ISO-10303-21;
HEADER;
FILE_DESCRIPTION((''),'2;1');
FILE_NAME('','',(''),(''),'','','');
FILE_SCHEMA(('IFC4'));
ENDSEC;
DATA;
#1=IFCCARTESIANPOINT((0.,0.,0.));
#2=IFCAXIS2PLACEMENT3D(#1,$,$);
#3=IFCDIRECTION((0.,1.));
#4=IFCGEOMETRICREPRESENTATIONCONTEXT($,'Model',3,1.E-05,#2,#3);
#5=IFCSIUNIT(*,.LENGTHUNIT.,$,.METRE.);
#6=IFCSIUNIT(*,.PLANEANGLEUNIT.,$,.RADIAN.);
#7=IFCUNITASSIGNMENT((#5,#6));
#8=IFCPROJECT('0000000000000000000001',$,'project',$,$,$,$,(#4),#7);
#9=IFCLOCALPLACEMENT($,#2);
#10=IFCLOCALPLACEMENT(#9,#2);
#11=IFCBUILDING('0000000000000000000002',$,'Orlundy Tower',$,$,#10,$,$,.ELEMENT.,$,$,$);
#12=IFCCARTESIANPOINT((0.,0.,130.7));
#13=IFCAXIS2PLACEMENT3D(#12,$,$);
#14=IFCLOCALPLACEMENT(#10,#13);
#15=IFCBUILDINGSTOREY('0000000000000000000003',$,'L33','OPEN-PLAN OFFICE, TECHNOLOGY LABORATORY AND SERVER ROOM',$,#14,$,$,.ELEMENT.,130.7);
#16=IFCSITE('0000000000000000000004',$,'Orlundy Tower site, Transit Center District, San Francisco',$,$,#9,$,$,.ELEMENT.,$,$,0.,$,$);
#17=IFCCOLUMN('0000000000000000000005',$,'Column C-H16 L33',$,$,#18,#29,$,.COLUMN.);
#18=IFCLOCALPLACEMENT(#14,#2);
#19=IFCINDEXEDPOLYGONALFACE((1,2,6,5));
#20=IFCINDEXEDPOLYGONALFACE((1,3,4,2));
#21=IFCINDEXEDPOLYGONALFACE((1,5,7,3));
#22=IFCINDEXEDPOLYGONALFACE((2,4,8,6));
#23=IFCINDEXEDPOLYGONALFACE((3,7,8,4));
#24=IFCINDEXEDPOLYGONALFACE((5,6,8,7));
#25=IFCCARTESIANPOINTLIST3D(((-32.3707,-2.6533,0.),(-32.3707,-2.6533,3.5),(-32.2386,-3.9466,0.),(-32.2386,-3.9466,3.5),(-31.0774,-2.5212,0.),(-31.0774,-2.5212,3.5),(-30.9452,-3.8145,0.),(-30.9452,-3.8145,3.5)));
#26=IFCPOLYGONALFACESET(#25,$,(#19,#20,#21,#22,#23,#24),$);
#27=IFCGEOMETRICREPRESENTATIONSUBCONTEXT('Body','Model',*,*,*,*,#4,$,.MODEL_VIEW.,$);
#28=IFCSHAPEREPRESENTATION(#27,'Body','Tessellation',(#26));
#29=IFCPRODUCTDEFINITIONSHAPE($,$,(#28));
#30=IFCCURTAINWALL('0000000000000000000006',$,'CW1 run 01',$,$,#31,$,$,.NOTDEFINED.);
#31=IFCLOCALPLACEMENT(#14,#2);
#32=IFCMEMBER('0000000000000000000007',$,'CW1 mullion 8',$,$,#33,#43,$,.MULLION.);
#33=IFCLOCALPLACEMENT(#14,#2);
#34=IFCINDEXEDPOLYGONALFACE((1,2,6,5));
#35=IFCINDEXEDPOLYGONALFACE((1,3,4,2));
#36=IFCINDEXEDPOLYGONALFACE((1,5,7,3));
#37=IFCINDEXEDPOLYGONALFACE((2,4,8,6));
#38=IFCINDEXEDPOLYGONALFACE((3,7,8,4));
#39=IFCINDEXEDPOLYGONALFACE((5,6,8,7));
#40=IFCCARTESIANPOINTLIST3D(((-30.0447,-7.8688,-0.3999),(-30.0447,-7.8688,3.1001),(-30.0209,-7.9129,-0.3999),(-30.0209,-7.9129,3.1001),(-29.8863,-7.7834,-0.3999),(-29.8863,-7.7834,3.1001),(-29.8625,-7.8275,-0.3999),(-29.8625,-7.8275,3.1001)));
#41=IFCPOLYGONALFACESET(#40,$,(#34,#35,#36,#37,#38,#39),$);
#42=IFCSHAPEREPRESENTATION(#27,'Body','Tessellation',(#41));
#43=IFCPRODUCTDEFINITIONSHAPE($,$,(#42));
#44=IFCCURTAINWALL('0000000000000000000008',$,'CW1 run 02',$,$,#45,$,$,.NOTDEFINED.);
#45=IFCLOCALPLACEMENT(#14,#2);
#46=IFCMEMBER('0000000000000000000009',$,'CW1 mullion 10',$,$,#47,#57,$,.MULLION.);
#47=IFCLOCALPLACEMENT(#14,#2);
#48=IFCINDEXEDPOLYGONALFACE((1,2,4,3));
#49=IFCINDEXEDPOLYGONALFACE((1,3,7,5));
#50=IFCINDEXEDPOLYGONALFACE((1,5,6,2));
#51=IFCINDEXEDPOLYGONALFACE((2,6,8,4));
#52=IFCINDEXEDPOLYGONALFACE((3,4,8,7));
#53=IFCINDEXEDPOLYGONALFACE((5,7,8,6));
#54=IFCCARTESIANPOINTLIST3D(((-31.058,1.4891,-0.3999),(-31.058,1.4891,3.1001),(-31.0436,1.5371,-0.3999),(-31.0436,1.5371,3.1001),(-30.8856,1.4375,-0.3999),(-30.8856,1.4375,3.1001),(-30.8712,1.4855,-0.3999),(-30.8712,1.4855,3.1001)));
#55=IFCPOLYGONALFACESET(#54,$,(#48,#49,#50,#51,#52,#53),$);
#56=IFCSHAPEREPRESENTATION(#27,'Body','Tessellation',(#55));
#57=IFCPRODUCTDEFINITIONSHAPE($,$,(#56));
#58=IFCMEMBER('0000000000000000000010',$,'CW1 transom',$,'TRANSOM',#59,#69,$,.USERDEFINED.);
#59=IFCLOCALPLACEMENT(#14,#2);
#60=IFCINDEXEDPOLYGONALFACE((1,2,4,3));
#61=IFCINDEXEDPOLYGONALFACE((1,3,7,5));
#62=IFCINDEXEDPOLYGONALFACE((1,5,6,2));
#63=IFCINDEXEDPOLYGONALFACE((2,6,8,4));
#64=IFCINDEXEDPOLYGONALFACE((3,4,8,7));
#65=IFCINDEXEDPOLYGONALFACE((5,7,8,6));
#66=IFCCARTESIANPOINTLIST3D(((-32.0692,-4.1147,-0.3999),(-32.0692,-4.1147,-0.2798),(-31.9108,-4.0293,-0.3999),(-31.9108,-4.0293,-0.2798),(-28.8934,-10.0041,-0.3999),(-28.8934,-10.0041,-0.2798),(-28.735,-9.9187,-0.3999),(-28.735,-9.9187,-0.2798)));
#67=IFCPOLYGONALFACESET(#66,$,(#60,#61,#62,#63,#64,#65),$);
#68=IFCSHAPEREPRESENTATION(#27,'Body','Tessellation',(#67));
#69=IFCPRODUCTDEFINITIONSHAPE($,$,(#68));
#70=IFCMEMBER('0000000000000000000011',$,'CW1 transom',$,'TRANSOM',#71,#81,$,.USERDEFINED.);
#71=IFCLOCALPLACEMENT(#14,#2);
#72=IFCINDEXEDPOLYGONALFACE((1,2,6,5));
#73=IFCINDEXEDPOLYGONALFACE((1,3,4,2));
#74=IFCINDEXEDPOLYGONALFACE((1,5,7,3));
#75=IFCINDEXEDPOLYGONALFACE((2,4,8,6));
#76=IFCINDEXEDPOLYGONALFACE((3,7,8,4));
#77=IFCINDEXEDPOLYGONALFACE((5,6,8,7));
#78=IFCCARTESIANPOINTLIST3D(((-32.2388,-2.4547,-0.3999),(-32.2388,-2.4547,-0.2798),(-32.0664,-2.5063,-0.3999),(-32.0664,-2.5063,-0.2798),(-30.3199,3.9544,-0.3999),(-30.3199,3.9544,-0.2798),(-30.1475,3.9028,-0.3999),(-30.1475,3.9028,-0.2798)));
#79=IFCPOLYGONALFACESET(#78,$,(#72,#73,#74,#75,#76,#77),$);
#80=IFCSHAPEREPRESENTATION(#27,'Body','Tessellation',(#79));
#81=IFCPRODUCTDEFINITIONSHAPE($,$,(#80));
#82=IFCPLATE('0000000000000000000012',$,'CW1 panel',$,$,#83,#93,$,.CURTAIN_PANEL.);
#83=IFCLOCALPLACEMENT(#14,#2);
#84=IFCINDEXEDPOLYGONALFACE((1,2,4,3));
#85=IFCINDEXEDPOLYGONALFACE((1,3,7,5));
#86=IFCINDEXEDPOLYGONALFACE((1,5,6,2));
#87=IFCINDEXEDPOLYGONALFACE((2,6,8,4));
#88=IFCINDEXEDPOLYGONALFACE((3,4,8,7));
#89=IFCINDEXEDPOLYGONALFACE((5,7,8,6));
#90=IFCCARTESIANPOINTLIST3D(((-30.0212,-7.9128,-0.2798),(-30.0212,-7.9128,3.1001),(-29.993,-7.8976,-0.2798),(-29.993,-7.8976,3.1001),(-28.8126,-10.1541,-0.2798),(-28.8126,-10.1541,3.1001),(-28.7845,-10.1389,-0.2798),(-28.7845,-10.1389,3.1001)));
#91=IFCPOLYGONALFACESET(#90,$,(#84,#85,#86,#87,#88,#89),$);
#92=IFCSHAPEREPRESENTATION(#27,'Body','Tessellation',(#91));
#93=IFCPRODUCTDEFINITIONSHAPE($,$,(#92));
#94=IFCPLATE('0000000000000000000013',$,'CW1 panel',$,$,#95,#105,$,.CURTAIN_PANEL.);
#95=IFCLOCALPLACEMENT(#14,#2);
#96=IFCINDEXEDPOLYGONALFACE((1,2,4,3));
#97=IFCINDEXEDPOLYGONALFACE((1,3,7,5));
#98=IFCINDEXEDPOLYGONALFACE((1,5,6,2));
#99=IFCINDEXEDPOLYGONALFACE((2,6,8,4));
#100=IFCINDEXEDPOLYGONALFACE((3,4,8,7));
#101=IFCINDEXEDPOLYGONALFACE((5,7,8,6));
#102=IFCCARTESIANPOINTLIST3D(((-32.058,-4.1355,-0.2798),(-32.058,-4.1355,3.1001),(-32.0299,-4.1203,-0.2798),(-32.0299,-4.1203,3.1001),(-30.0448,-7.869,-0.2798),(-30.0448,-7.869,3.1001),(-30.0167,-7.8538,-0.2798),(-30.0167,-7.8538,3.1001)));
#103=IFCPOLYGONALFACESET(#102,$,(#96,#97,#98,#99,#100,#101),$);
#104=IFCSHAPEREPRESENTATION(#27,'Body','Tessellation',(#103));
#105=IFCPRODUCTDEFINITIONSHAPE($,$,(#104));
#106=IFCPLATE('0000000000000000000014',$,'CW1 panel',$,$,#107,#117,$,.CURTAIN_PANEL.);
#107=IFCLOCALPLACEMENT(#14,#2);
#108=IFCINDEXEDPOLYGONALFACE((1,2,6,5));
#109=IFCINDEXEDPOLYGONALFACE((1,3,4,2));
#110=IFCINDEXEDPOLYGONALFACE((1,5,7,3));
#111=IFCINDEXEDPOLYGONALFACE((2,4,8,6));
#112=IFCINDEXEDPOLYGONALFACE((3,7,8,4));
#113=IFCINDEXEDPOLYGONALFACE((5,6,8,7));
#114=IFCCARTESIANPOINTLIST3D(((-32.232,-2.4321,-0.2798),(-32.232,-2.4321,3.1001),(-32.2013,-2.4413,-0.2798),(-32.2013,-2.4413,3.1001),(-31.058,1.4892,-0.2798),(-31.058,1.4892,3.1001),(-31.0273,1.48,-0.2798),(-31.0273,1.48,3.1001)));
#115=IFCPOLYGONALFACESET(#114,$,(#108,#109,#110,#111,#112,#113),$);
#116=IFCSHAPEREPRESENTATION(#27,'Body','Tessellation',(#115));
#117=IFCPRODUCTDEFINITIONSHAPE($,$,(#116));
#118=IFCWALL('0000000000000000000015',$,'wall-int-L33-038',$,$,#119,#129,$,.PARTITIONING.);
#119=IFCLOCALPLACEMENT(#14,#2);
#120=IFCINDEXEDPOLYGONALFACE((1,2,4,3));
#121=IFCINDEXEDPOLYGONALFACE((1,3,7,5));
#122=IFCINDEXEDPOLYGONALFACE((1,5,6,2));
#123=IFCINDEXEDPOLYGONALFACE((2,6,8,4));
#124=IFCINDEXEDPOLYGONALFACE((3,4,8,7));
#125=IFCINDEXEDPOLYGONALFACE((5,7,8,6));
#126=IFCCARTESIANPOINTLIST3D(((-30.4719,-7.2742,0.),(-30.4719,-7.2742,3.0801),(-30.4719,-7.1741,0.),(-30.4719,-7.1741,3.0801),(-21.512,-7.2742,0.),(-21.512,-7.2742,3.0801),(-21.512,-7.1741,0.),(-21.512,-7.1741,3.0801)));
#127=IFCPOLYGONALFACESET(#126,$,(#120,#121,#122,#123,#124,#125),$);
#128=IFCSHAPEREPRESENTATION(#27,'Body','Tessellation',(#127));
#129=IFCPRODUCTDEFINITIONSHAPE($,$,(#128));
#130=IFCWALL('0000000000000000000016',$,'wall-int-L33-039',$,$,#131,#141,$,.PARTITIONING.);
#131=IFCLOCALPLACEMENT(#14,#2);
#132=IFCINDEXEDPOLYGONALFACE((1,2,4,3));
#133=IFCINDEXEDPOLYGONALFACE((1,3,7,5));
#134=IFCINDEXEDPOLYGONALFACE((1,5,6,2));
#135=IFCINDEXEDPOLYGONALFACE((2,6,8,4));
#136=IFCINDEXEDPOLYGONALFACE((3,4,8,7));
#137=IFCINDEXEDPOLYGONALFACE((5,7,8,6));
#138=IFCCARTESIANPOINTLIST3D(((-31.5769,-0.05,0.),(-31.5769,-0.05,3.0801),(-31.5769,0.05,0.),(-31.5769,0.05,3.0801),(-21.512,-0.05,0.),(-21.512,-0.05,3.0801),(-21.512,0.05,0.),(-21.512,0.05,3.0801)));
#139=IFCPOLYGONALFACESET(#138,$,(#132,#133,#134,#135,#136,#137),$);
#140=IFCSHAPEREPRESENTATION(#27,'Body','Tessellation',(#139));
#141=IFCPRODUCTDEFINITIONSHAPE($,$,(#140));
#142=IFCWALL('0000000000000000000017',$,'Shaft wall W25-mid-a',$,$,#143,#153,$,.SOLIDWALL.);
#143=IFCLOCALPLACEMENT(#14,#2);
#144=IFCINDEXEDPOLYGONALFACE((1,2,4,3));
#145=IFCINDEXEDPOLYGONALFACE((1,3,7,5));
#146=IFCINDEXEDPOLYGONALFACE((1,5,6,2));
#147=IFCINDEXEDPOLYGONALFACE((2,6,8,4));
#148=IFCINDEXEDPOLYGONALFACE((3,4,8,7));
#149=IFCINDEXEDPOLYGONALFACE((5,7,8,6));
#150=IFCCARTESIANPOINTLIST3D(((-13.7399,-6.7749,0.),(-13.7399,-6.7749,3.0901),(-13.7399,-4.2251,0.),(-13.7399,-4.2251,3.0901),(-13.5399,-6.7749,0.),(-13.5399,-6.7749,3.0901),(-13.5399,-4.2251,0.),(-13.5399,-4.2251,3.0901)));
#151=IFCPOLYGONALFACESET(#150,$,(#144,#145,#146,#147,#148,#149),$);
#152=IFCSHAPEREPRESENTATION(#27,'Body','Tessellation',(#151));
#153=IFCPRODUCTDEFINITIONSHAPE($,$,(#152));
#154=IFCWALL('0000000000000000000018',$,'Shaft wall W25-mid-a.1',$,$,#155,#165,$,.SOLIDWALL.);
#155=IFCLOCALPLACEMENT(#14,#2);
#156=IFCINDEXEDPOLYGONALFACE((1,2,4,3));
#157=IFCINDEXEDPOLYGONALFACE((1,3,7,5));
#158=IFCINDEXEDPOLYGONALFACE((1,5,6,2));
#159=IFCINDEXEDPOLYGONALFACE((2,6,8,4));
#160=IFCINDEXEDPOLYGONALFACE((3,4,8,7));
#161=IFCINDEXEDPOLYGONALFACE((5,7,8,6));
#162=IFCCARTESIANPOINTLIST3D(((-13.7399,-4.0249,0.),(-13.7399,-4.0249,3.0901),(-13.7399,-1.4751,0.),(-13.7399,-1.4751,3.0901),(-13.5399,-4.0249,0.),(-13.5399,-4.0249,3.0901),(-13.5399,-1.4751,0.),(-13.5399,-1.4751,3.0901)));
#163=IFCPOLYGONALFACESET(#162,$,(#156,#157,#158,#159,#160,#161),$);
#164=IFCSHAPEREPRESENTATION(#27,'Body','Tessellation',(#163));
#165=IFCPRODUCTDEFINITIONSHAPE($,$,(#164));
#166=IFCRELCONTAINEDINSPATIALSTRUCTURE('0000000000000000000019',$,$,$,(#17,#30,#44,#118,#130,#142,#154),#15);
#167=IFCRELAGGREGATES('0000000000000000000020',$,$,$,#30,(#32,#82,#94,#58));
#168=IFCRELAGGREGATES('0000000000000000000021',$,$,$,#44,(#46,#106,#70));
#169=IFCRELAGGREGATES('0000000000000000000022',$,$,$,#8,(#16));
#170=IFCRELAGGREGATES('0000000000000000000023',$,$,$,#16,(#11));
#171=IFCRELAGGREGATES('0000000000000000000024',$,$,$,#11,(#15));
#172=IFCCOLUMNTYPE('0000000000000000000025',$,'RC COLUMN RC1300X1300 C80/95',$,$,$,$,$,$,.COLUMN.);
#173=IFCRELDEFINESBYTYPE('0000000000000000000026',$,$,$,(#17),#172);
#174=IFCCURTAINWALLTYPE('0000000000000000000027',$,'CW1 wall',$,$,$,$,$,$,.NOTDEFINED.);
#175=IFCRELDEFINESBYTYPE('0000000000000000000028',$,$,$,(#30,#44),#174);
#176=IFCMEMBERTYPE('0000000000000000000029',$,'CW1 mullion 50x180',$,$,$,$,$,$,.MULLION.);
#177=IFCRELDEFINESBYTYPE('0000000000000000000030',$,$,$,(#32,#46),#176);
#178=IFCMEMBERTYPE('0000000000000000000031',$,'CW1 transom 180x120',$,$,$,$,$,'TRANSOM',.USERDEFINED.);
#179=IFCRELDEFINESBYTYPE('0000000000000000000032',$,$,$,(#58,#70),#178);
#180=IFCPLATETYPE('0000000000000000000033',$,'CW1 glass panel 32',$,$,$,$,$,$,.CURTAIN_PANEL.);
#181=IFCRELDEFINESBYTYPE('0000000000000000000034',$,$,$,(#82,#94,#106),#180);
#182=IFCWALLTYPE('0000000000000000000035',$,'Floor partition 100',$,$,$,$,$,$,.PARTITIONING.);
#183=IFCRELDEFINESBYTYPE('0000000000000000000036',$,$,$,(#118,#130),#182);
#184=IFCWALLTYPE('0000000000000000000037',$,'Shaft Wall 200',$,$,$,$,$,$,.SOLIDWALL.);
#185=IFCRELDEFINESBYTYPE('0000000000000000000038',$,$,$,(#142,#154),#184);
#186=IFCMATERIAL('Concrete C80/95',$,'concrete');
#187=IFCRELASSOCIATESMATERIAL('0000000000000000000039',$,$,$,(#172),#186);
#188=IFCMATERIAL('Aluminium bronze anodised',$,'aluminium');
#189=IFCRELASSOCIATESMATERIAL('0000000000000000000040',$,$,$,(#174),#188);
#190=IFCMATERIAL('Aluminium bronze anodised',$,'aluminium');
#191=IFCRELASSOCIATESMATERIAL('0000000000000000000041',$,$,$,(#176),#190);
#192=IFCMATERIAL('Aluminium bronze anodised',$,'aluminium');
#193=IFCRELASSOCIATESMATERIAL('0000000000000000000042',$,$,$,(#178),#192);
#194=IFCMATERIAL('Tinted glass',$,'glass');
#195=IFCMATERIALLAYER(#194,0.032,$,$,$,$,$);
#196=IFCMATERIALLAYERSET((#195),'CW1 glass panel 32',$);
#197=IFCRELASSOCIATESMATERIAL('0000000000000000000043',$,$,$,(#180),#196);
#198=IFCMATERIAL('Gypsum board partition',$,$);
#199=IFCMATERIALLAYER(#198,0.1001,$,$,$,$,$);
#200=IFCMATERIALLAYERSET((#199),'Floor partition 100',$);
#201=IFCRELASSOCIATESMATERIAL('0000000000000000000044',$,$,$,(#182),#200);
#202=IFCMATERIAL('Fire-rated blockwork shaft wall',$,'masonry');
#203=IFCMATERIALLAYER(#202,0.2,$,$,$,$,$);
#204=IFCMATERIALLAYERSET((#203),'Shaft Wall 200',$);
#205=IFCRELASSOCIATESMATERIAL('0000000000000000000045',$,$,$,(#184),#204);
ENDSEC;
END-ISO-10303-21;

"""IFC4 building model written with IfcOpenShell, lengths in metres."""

from ifc_helpers import new_model, si_unit, direction, frame, frame_2d, origin, origin_2d, place, context, subcontext, project, spatial, rectangle, extrude, material, layer, layer_set, material_profile, profile_set, type_object, element, aggregate, save


model = new_model("IFC4")

# Units and contexts
model_context = context("Model", 3, precision=1e-05, world=origin(), true_north=direction((0.0, 1.0)))
body_context = subcontext(model_context, "Body", "Model", "MODEL_VIEW")
ifc_project = project(units=[si_unit("LENGTHUNIT", "METRE"), si_unit("PLANEANGLEUNIT", "RADIAN")], contexts=[model_context])

# Site, building, storey
site_placement = place(None, origin())
site = spatial("IfcSite", under=ifc_project, at=site_placement, Name="Orlundy Tower site, Transit Center District, San Francisco", CompositionType="ELEMENT", RefElevation=0.0)
building_placement = place(site_placement, origin())
building = spatial("IfcBuilding", under=site, at=building_placement, Name="Orlundy Tower", CompositionType="ELEMENT")
storey_placement = place(building_placement, frame((0.0, 0.0, 130.7)))
storey = spatial("IfcBuildingStorey", under=building, at=storey_placement, Name="L33", Description="OPEN-PLAN OFFICE, TECHNOLOGY LABORATORY AND SERVER ROOM", CompositionType="ELEMENT", Elevation=130.7)

# Column
ifc_material_1 = material(Name="Concrete C80/95", Category="concrete")
ifc_material_profile_1 = material_profile(ifc_material_1, rectangle(XDim=1.3, YDim=1.3, at=origin_2d()), Name="RC1300X1300")
ifc_profile_set_1 = profile_set([ifc_material_profile_1], Name="Concrete C80/95")
column_type = type_object("IfcColumnType", Name="RC COLUMN RC1300X1300 C80/95", PredefinedType="COLUMN", material=ifc_profile_set_1)
column_placement = place(storey_placement, frame((-31.658, -3.2339, 0.0), z_axis=(0.0, 0.0, 1.0), x_axis=(-0.994822, -0.101629, 0.0)))
element("IfcColumn", 1, at=column_placement, inside=storey, type_object=column_type, Name="Column C-H16 L33", PredefinedType="COLUMN", context=body_context, shape_type="SweptSolid", body=[
    extrude(rectangle(XDim=1.3, YDim=1.3, at=origin_2d()), origin(), (0.0, 0.0, 1.0), 3.5),
])

# Curtain walls, members
ifc_material_2 = material(Name="Aluminium bronze anodised", Category="aluminium")
curtain_wall_type = type_object("IfcCurtainWallType", Name="CW1 wall", PredefinedType="NOTDEFINED", material=ifc_material_2)
curtain_wall_1_placement = place(storey_placement, origin())
curtain_wall_1 = element("IfcCurtainWall", 2, at=curtain_wall_1_placement, inside=storey, type_object=curtain_wall_type, Name="CW1 run 01", PredefinedType="NOTDEFINED")
ifc_material_3 = material(Name="Aluminium bronze anodised", Category="aluminium")
ifc_material_profile_2 = material_profile(ifc_material_3, rectangle(XDim=0.1799, YDim=0.05, at=origin_2d()), Name="CW1 mullion 50x180")
ifc_profile_set_2 = profile_set([ifc_material_profile_2], Name="Aluminium bronze anodised")
member_type_1 = type_object("IfcMemberType", Name="CW1 mullion 50x180", PredefinedType="MULLION", material=ifc_profile_set_2)
member_1_placement = place(storey_placement, frame((-29.9536, -7.8481, -0.3999), z_axis=(0.0, 0.0, 1.0), x_axis=(-0.880189, -0.474624, 0.0)))
member_1 = element("IfcMember", 3, at=member_1_placement, type_object=member_type_1, Name="CW1 mullion 8", PredefinedType="MULLION", context=body_context, shape_type="SweptSolid", body=[
    extrude(rectangle(XDim=0.1799, YDim=0.05, at=origin_2d()), origin(), (0.0, 0.0, 1.0), 3.5),
])
curtain_wall_2_placement = place(storey_placement, origin())
curtain_wall_2 = element("IfcCurtainWall", 4, at=curtain_wall_2_placement, inside=storey, type_object=curtain_wall_type, Name="CW1 run 02", PredefinedType="NOTDEFINED")
member_2_placement = place(storey_placement, frame((-30.9646, 1.4873, -0.3999), z_axis=(0.0, 0.0, 1.0), x_axis=(-0.957986, 0.286816, 0.0)))
member_2 = element("IfcMember", 5, at=member_2_placement, type_object=member_type_1, Name="CW1 mullion 10", PredefinedType="MULLION", context=body_context, shape_type="SweptSolid", body=[
    extrude(rectangle(XDim=0.1799, YDim=0.05, at=origin_2d()), origin(), (0.0, 0.0, 1.0), 3.5),
])

# Members
ifc_material_4 = material(Name="Aluminium bronze anodised", Category="aluminium")
ifc_material_profile_3 = material_profile(ifc_material_4, rectangle(XDim=0.1799, YDim=0.1201, at=origin_2d()), Name="CW1 transom 180x120")
ifc_profile_set_3 = profile_set([ifc_material_profile_3], Name="Aluminium bronze anodised")
member_type_2 = type_object("IfcMemberType", Name="CW1 transom 180x120", ElementType="TRANSOM", PredefinedType="USERDEFINED", material=ifc_profile_set_3)
member_3_placement = place(storey_placement, frame((-28.8142, -9.9614, -0.3398), z_axis=(-0.474628, 0.880186, 0.0), x_axis=(-0.880186, -0.474628, 0.0)))
member_3 = element("IfcMember", 6, at=member_3_placement, type_object=member_type_2, Name="CW1 transom", ObjectType="TRANSOM", PredefinedType="USERDEFINED", context=body_context, shape_type="SweptSolid", body=[
    extrude(rectangle(XDim=0.1799, YDim=0.1201, at=origin_2d()), origin(), (0.0, 0.0, 1.0), 6.6912),
])
member_4_placement = place(storey_placement, frame((-32.1526, -2.4805, -0.3398), z_axis=(0.286826, 0.957983, 0.0), x_axis=(-0.957983, 0.286826, 0.0)))
member_4 = element("IfcMember", 7, at=member_4_placement, type_object=member_type_2, Name="CW1 transom", ObjectType="TRANSOM", PredefinedType="USERDEFINED", context=body_context, shape_type="SweptSolid", body=[
    extrude(rectangle(XDim=0.1799, YDim=0.1201, at=origin_2d()), origin(), (0.0, 0.0, 1.0), 6.6902),
])

# Plates
ifc_material_5 = material(Name="Tinted glass", Category="glass")
ifc_layer_1 = layer(ifc_material_5, 0.032)
ifc_layer_set_1 = layer_set([ifc_layer_1], Name="CW1 glass panel 32")
plate_type = type_object("IfcPlateType", Name="CW1 glass panel 32", PredefinedType="CURTAIN_PANEL", material=ifc_layer_set_1)
plate_1_placement = place(storey_placement, frame((-29.4028, -9.0259, -0.2798), z_axis=(0.0, 0.0, 1.0), x_axis=(-0.474624, 0.880189, 0.0)))
plate_1 = element("IfcPlate", 8, at=plate_1_placement, type_object=plate_type, Name="CW1 panel", PredefinedType="CURTAIN_PANEL", context=body_context, shape_type="SweptSolid", body=[
    extrude(rectangle(XDim=2.5464, YDim=0.032, at=origin_2d()), origin(), (0.0, 0.0, 1.0), 3.3799),
])
plate_2_placement = place(storey_placement, frame((-31.0374, -5.9946, -0.2798), z_axis=(0.0, 0.0, 1.0), x_axis=(-0.474624, 0.880189, 0.0)))
plate_2 = element("IfcPlate", 9, at=plate_2_placement, type_object=plate_type, Name="CW1 panel", PredefinedType="CURTAIN_PANEL", context=body_context, shape_type="SweptSolid", body=[
    extrude(rectangle(XDim=4.2417, YDim=0.032, at=origin_2d()), origin(), (0.0, 0.0, 1.0), 3.3799),
])
aggregate(curtain_wall_1, [member_1, plate_1, plate_2, member_3])
plate_3_placement = place(storey_placement, frame((-31.6296, -0.4761, -0.2798), z_axis=(0.0, 0.0, 1.0), x_axis=(0.286816, 0.957986, 0.0)))
plate_3 = element("IfcPlate", 10, at=plate_3_placement, type_object=plate_type, Name="CW1 panel", PredefinedType="CURTAIN_PANEL", context=body_context, shape_type="SweptSolid", body=[
    extrude(rectangle(XDim=4.0933, YDim=0.032, at=origin_2d()), origin(), (0.0, 0.0, 1.0), 3.3799),
])
aggregate(curtain_wall_2, [member_2, plate_3, member_4])

# Walls
ifc_material_6 = material(Name="Gypsum board partition")
ifc_layer_2 = layer(ifc_material_6, 0.1001)
ifc_layer_set_2 = layer_set([ifc_layer_2], Name="Floor partition 100")
wall_type_1 = type_object("IfcWallType", Name="Floor partition 100", PredefinedType="PARTITIONING", material=ifc_layer_set_2)
wall_1_placement = place(storey_placement, frame((-30.4719, -7.2241, 0.0), z_axis=(0.0, 0.0, 1.0), x_axis=(1.0, 0.0, 0.0)))
element("IfcWall", 11, at=wall_1_placement, inside=storey, type_object=wall_type_1, Name="wall-int-L33-038", PredefinedType="PARTITIONING", context=body_context, shape_type="SweptSolid", body=[
    extrude(rectangle(XDim=8.96, YDim=0.1001, at=frame_2d((4.48, 0.0))), origin(), (0.0, 0.0, 1.0), 3.0801),
])
wall_2_placement = place(storey_placement, frame((-31.5769, 0.0, 0.0), z_axis=(0.0, 0.0, 1.0), x_axis=(1.0, 0.0, 0.0)))
element("IfcWall", 12, at=wall_2_placement, inside=storey, type_object=wall_type_1, Name="wall-int-L33-039", PredefinedType="PARTITIONING", context=body_context, shape_type="SweptSolid", body=[
    extrude(rectangle(XDim=10.0649, YDim=0.1001, at=frame_2d((5.0325, 0.0))), origin(), (0.0, 0.0, 1.0), 3.0801),
])
ifc_material_7 = material(Name="Fire-rated blockwork shaft wall", Category="masonry")
ifc_layer_3 = layer(ifc_material_7, 0.2)
ifc_layer_set_3 = layer_set([ifc_layer_3], Name="Shaft Wall 200")
wall_type_2 = type_object("IfcWallType", Name="Shaft Wall 200", PredefinedType="SOLIDWALL", material=ifc_layer_set_3)
for number, where, z_axis, x_axis, name in (
    (13, (-13.6399, -6.7749, 0.0), (0.0, 0.0, 1.0), (0.0, 1.0, 0.0), "Shaft wall W25-mid-a"),
    (14, (-13.6399, -4.0249, 0.0), (0.0, 0.0, 1.0), (0.0, 1.0, 0.0), "Shaft wall W25-mid-a.1"),
):
    element("IfcWall", number, at=place(storey_placement, frame(where, z_axis=z_axis, x_axis=x_axis)), inside=storey, type_object=wall_type_2, Name=name, PredefinedType="SOLIDWALL", context=body_context, shape_type="SweptSolid", body=[
        extrude(rectangle(XDim=2.5498, YDim=0.2, at=frame_2d((1.2749, 0.0))), origin(), (0.0, 0.0, 1.0), 3.0901),
    ])

save(model, "model.ifc")
